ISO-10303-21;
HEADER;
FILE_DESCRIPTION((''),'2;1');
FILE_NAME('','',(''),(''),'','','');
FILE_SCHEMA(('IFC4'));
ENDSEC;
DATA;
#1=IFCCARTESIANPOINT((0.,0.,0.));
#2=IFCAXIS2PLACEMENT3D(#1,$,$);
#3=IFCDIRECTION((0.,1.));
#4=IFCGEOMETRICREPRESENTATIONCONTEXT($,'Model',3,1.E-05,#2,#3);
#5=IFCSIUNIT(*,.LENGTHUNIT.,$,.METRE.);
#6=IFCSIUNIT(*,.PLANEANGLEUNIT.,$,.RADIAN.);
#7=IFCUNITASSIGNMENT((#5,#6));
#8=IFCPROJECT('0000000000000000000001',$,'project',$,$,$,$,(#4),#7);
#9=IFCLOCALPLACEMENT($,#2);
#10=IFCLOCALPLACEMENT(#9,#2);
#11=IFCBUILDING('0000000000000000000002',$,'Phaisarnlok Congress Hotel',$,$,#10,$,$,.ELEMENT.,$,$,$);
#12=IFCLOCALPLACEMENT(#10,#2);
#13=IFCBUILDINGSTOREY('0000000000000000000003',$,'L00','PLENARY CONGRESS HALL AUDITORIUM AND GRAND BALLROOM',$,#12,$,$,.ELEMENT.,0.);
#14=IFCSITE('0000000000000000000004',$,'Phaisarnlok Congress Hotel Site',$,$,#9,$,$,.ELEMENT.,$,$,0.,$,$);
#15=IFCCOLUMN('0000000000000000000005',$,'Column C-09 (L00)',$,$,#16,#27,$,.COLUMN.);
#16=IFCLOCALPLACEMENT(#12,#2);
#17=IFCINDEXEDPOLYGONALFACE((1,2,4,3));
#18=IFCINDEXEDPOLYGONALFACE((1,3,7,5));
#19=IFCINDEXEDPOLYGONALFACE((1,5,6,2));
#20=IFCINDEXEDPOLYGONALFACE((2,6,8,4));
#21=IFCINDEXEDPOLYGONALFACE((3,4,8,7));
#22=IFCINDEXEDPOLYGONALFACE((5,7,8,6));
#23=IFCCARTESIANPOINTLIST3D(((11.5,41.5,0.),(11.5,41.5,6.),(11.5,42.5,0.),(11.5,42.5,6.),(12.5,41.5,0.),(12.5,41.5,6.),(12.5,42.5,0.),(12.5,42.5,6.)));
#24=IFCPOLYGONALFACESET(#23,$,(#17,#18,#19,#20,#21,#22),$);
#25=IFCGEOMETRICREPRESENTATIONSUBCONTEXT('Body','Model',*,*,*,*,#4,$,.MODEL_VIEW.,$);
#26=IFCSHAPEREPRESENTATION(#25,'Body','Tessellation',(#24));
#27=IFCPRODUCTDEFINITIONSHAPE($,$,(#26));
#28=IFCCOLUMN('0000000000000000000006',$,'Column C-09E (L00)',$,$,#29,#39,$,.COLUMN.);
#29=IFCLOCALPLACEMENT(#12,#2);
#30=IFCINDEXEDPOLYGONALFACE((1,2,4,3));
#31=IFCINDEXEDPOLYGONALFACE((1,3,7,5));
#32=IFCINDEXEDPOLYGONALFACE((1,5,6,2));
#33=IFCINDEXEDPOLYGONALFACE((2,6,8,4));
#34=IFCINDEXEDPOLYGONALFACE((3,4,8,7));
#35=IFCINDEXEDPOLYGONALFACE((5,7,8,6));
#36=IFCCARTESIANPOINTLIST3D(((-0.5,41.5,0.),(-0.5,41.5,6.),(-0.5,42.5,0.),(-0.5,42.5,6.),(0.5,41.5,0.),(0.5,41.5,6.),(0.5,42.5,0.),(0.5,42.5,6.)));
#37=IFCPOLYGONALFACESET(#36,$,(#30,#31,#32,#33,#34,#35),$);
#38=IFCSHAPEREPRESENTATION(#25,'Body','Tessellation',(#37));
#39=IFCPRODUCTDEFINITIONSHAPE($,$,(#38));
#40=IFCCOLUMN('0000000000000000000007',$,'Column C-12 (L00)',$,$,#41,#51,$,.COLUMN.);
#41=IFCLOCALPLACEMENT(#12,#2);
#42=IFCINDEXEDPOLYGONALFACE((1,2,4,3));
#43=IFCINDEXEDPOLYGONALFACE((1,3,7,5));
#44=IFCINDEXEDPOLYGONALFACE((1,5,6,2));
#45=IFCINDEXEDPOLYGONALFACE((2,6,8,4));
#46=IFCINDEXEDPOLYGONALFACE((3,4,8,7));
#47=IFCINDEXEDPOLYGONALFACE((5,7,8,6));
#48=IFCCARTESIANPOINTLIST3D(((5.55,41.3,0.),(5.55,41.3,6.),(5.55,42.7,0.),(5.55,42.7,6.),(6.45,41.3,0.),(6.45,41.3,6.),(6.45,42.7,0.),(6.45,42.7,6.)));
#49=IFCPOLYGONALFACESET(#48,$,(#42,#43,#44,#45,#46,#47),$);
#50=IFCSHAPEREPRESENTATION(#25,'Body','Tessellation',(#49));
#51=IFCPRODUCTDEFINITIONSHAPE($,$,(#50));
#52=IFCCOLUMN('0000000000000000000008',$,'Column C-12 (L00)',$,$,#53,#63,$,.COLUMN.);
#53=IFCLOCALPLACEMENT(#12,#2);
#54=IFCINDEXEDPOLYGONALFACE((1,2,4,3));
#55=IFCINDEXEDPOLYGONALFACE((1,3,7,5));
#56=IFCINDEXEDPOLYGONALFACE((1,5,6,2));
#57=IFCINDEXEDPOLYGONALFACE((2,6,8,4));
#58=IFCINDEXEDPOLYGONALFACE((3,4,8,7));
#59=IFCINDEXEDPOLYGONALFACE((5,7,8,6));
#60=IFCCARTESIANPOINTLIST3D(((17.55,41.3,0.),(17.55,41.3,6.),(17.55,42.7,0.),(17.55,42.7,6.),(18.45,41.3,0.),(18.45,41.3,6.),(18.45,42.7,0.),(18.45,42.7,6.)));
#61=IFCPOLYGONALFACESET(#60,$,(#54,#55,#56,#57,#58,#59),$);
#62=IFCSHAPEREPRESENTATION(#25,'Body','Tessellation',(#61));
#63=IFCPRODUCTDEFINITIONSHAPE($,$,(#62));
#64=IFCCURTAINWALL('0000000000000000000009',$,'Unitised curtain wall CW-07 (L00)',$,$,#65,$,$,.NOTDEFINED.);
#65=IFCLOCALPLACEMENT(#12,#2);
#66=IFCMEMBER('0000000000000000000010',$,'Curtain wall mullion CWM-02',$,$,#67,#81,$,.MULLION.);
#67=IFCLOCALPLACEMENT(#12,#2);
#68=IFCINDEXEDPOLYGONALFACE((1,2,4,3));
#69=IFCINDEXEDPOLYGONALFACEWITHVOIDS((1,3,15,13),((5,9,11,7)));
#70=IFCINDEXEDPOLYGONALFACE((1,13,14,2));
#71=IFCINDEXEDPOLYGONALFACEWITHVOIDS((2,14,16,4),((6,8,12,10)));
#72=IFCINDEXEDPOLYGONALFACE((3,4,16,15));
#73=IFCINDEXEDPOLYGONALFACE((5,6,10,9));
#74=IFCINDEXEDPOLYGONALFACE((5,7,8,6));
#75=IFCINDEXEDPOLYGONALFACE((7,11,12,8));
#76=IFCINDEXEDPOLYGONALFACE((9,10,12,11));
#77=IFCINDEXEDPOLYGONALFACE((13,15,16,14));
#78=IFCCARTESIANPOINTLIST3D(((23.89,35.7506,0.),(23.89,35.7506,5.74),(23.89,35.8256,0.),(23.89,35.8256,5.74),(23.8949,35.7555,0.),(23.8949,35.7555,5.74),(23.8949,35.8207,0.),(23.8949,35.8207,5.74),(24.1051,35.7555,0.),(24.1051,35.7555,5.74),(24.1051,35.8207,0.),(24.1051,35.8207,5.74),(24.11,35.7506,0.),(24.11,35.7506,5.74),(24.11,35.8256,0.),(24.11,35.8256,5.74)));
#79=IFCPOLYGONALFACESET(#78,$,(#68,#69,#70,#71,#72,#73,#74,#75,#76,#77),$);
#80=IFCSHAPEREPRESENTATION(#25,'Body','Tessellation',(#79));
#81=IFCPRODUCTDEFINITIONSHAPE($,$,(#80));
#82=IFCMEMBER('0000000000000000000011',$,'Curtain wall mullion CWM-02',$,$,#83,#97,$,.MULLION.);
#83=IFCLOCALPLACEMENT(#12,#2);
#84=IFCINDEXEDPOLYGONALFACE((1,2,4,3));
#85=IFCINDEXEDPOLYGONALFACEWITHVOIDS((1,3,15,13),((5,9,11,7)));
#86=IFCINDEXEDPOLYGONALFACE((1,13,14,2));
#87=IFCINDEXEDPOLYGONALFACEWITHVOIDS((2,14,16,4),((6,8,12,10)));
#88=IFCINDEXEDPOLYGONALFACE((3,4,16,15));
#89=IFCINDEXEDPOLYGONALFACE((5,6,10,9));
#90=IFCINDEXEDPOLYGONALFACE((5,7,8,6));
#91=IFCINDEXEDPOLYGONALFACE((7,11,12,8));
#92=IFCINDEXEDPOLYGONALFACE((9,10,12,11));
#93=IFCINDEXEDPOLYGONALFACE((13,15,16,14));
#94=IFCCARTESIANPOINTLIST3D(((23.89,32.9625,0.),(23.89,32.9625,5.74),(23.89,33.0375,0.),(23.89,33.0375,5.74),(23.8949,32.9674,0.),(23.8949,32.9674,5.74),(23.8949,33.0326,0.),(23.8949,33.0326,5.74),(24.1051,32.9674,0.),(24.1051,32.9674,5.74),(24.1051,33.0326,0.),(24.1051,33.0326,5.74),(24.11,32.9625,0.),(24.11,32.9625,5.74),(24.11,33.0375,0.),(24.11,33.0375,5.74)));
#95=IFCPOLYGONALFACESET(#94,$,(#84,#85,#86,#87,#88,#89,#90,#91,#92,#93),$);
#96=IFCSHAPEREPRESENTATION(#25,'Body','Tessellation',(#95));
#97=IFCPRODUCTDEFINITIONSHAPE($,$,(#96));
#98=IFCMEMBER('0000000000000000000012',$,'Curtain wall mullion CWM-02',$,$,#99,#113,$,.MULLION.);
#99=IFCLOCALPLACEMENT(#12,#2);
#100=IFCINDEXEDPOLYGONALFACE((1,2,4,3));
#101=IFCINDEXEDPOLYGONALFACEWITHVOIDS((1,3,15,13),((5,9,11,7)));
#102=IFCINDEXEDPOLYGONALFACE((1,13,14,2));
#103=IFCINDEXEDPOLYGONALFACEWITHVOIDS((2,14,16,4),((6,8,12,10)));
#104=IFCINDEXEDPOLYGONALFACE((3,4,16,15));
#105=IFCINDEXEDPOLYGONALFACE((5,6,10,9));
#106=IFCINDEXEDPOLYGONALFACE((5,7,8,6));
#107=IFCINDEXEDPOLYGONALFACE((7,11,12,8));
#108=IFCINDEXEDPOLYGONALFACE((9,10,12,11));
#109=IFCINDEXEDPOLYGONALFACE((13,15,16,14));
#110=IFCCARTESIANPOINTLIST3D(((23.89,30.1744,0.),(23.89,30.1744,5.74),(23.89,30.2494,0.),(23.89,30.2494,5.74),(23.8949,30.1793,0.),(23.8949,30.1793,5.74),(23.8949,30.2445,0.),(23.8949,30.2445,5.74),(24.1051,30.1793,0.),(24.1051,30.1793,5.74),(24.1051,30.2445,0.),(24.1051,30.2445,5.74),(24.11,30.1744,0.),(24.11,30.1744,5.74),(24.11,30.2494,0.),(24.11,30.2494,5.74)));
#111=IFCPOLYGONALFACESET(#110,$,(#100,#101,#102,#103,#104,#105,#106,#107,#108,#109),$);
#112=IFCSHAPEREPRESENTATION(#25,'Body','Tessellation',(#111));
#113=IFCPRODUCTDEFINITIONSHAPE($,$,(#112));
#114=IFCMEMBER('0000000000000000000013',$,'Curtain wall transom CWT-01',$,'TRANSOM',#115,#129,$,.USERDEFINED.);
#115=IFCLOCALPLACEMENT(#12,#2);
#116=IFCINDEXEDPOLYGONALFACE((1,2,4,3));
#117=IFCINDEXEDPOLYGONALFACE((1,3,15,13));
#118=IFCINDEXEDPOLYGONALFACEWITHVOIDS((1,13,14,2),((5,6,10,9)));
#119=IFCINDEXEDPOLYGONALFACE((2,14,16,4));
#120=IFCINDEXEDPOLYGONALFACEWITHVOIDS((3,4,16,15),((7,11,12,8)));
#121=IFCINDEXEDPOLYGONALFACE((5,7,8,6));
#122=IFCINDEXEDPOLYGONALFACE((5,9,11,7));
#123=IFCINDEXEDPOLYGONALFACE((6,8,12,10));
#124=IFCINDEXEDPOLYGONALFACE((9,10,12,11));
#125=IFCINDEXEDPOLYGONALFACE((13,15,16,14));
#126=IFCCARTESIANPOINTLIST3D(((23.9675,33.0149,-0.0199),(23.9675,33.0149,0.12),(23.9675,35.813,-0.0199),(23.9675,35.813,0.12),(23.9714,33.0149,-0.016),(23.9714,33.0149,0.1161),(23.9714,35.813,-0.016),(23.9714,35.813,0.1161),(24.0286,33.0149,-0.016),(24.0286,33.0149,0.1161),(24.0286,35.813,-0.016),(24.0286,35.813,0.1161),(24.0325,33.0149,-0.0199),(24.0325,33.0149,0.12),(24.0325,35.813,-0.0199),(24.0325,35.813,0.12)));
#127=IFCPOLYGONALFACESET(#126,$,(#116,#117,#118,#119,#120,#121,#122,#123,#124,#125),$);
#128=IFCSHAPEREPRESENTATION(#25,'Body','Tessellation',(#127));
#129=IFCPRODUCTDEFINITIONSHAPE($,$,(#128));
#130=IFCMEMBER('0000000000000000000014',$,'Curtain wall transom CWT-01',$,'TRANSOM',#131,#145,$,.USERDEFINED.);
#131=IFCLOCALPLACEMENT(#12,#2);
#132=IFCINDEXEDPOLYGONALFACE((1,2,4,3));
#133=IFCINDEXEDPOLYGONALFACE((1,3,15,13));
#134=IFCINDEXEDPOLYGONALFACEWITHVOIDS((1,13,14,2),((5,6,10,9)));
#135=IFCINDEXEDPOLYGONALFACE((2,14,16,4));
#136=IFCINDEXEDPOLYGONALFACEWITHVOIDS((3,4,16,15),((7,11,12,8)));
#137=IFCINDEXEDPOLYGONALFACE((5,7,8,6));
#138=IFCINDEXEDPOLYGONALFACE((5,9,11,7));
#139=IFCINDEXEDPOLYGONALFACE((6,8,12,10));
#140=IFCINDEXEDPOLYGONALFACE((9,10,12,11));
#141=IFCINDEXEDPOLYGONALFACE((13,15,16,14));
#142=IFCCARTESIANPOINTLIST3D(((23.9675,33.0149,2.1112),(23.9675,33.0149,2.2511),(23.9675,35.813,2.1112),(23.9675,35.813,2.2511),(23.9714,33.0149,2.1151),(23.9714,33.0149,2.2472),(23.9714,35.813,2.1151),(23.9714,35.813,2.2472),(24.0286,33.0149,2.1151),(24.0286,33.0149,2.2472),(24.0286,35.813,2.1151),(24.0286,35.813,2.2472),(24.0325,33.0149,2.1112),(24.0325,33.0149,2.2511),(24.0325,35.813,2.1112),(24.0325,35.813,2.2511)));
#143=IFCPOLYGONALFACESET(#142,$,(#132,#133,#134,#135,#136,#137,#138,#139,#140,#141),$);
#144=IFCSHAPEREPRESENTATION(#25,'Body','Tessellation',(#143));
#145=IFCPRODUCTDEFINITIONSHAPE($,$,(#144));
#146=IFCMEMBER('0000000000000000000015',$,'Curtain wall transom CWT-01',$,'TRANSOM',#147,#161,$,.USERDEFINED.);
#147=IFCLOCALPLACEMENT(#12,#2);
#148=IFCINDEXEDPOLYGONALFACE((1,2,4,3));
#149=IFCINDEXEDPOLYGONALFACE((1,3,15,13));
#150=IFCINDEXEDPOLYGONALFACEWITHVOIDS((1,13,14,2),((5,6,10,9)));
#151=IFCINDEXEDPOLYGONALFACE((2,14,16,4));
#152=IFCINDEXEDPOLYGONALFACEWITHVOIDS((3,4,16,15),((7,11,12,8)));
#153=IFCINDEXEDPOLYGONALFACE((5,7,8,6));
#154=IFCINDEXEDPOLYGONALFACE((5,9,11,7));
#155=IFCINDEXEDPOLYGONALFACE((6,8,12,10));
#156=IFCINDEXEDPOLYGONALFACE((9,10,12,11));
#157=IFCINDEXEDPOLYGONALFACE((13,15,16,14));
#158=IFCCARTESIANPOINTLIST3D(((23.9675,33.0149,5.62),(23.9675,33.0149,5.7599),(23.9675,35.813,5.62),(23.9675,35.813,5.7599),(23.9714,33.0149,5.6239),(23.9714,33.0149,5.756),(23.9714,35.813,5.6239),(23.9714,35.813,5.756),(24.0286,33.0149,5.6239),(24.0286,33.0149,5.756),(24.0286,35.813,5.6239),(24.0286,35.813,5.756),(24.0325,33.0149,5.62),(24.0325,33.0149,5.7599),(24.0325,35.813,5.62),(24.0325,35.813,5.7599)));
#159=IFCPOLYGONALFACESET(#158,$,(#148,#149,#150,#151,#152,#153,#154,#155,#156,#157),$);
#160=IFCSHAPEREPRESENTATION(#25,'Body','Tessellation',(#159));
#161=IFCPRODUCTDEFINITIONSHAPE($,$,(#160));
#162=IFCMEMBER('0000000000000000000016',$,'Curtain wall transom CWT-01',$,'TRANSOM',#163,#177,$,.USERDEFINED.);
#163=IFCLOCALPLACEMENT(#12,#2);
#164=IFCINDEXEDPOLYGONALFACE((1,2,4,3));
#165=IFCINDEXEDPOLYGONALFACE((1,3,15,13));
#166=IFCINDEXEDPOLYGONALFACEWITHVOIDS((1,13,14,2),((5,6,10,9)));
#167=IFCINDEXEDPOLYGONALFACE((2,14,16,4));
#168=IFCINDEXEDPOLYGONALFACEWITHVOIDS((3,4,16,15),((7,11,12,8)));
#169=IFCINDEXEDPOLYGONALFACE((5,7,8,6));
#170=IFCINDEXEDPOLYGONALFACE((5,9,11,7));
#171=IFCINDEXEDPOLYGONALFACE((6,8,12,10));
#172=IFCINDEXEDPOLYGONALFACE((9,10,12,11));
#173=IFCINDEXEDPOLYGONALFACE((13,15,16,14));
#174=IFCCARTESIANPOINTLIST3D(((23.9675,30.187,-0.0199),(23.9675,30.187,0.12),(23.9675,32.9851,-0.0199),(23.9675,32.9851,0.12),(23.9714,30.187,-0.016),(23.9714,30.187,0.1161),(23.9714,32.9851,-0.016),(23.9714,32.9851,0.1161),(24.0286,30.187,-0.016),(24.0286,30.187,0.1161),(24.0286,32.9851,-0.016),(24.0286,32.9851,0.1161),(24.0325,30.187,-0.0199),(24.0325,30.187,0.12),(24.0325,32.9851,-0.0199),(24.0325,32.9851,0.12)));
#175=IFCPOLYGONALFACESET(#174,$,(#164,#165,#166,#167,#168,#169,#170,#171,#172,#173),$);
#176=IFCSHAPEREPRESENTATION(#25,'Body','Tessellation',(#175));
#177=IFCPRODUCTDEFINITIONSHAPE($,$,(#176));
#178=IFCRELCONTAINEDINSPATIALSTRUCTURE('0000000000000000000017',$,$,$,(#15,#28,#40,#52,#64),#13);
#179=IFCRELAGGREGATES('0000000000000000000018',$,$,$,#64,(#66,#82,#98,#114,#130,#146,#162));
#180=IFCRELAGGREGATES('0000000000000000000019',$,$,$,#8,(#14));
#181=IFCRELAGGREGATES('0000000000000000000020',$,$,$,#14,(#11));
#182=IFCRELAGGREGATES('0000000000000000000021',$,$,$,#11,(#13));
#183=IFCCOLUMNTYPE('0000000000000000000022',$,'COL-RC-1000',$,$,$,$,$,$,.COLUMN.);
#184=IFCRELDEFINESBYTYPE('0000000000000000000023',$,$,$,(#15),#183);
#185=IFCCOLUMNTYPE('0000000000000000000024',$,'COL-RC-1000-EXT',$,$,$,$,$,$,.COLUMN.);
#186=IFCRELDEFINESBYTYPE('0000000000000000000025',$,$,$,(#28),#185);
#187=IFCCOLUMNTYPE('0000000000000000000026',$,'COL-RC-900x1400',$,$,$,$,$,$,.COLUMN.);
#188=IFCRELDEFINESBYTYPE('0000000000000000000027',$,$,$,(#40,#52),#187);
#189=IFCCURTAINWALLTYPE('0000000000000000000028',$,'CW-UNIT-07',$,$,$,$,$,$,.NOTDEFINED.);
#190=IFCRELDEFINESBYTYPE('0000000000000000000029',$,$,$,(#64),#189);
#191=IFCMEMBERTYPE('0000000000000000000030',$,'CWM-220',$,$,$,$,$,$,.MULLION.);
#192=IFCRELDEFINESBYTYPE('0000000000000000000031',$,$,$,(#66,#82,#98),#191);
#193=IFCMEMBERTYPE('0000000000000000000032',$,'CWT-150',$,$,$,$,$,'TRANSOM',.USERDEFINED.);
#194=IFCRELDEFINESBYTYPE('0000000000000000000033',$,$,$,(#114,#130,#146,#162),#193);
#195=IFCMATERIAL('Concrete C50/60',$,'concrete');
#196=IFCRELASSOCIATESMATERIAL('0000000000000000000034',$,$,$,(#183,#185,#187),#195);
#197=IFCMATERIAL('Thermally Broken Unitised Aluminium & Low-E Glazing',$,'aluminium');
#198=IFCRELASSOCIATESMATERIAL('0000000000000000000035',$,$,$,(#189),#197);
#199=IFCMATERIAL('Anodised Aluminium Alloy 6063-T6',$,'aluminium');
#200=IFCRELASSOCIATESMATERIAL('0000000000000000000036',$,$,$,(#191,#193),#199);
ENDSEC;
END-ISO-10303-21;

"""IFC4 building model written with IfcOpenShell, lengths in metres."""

from ifc_helpers import new_model, si_unit, direction, frame, origin, origin_2d, place, context, subcontext, project, spatial, rectangle, hollow_rectangle, extrude, material, material_profile, profile_set, type_object, element, aggregate, save


model = new_model("IFC4")

# Units and contexts
model_context = context("Model", 3, precision=1e-05, world=origin(), true_north=direction((0.0, 1.0)))
body_context = subcontext(model_context, "Body", "Model", "MODEL_VIEW")
ifc_project = project(units=[si_unit("LENGTHUNIT", "METRE"), si_unit("PLANEANGLEUNIT", "RADIAN")], contexts=[model_context])

# Site, building, storey
site_placement = place(None, origin())
site = spatial("IfcSite", under=ifc_project, at=site_placement, Name="Phaisarnlok Congress Hotel Site", CompositionType="ELEMENT", RefElevation=0.0)
building_placement = place(site_placement, origin())
building = spatial("IfcBuilding", under=site, at=building_placement, Name="Phaisarnlok Congress Hotel", CompositionType="ELEMENT")
storey_placement = place(building_placement, origin())
storey = spatial("IfcBuildingStorey", under=building, at=storey_placement, Name="L00", Description="PLENARY CONGRESS HALL AUDITORIUM AND GRAND BALLROOM", CompositionType="ELEMENT", Elevation=0.0)

# Columns
ifc_material_1 = material(Name="Concrete C50/60", Category="concrete")
ifc_material_profile_1 = material_profile(ifc_material_1, rectangle(XDim=1.0, YDim=1.0, at=origin_2d()), Name="RC 1000x1000")
ifc_profile_set_1 = profile_set([ifc_material_profile_1], Name="Concrete C50/60")
column_type_1 = type_object("IfcColumnType", Name="COL-RC-1000", PredefinedType="COLUMN", material=ifc_profile_set_1)
column_1_placement = place(storey_placement, frame((12.0, 42.0, 0.0), z_axis=(0.0, 0.0, 1.0), x_axis=(1.0, 0.0, 0.0)))
element("IfcColumn", 1, at=column_1_placement, inside=storey, type_object=column_type_1, Name="Column C-09 (L00)", PredefinedType="COLUMN", context=body_context, shape_type="SweptSolid", body=[
    extrude(rectangle(XDim=1.0, YDim=1.0, at=origin_2d()), origin(), (0.0, 0.0, 1.0), 6.0),
])
ifc_material_profile_2 = material_profile(ifc_material_1, rectangle(XDim=1.0, YDim=1.0, at=origin_2d()), Name="RC 1000x1000")
ifc_profile_set_2 = profile_set([ifc_material_profile_2], Name="Concrete C50/60")
column_type_2 = type_object("IfcColumnType", Name="COL-RC-1000-EXT", PredefinedType="COLUMN", material=ifc_profile_set_2)
column_2_placement = place(storey_placement, frame((0.0, 42.0, 0.0), z_axis=(0.0, 0.0, 1.0), x_axis=(1.0, 0.0, 0.0)))
element("IfcColumn", 2, at=column_2_placement, inside=storey, type_object=column_type_2, Name="Column C-09E (L00)", PredefinedType="COLUMN", context=body_context, shape_type="SweptSolid", body=[
    extrude(rectangle(XDim=1.0, YDim=1.0, at=origin_2d()), origin(), (0.0, 0.0, 1.0), 6.0),
])
ifc_material_profile_3 = material_profile(ifc_material_1, rectangle(XDim=0.8999, YDim=1.3999, at=origin_2d()), Name="RC 900x1400")
ifc_profile_set_3 = profile_set([ifc_material_profile_3], Name="Concrete C50/60")
column_type_3 = type_object("IfcColumnType", Name="COL-RC-900x1400", PredefinedType="COLUMN", material=ifc_profile_set_3)
for number, where, z_axis, x_axis, name in (
    (3, (6.0, 42.0, 0.0), (0.0, 0.0, 1.0), (1.0, 0.0, 0.0), "Column C-12 (L00)"),
    (4, (18.0, 42.0, 0.0), (0.0, 0.0, 1.0), (1.0, 0.0, 0.0), "Column C-12 (L00)"),
):
    element("IfcColumn", number, at=place(storey_placement, frame(where, z_axis=z_axis, x_axis=x_axis)), inside=storey, type_object=column_type_3, Name=name, PredefinedType="COLUMN", context=body_context, shape_type="SweptSolid", body=[
        extrude(rectangle(XDim=0.8999, YDim=1.3999, at=origin_2d()), origin(), (0.0, 0.0, 1.0), 6.0),
    ])

# Curtain wall, members
ifc_material_2 = material(Name="Thermally Broken Unitised Aluminium & Low-E Glazing", Category="aluminium")
curtain_wall_type = type_object("IfcCurtainWallType", Name="CW-UNIT-07", PredefinedType="NOTDEFINED", material=ifc_material_2)
curtain_wall_placement = place(storey_placement, origin())
curtain_wall = element("IfcCurtainWall", 5, at=curtain_wall_placement, inside=storey, type_object=curtain_wall_type, Name="Unitised curtain wall CW-07 (L00)", PredefinedType="NOTDEFINED")
ifc_material_3 = material(Name="Anodised Aluminium Alloy 6063-T6", Category="aluminium")
ifc_material_profile_4 = material_profile(ifc_material_3, hollow_rectangle(XDim=0.075, YDim=0.22, WallThickness=0.0049, at=origin_2d()), Name="ALU-M 75x220x5")
ifc_profile_set_4 = profile_set([ifc_material_profile_4], Name="Anodised Aluminium Alloy 6063-T6")
member_type_1 = type_object("IfcMemberType", Name="CWM-220", PredefinedType="MULLION", material=ifc_profile_set_4)
member_1_placement = place(storey_placement, frame((24.0, 35.7881, 0.0), z_axis=(0.0, 0.0, 1.0), x_axis=(0.0, -1.0, 0.0)))
member_1 = element("IfcMember", 6, at=member_1_placement, type_object=member_type_1, Name="Curtain wall mullion CWM-02", PredefinedType="MULLION", context=body_context, shape_type="SweptSolid", body=[
    extrude(hollow_rectangle(XDim=0.075, YDim=0.22, WallThickness=0.0049, at=origin_2d()), origin(), (0.0, 0.0, 1.0), 5.74),
])
member_2_placement = place(storey_placement, frame((24.0, 33.0, 0.0), z_axis=(0.0, 0.0, 1.0), x_axis=(0.0, -1.0, 0.0)))
member_2 = element("IfcMember", 7, at=member_2_placement, type_object=member_type_1, Name="Curtain wall mullion CWM-02", PredefinedType="MULLION", context=body_context, shape_type="SweptSolid", body=[
    extrude(hollow_rectangle(XDim=0.075, YDim=0.22, WallThickness=0.0049, at=origin_2d()), origin(), (0.0, 0.0, 1.0), 5.74),
])
member_3_placement = place(storey_placement, frame((24.0, 30.2119, 0.0), z_axis=(0.0, 0.0, 1.0), x_axis=(0.0, -1.0, 0.0)))
member_3 = element("IfcMember", 8, at=member_3_placement, type_object=member_type_1, Name="Curtain wall mullion CWM-02", PredefinedType="MULLION", context=body_context, shape_type="SweptSolid", body=[
    extrude(hollow_rectangle(XDim=0.075, YDim=0.22, WallThickness=0.0049, at=origin_2d()), origin(), (0.0, 0.0, 1.0), 5.74),
])
ifc_material_profile_5 = material_profile(ifc_material_3, hollow_rectangle(XDim=0.0649, YDim=0.1399, WallThickness=0.0039, at=origin_2d()), Name="ALU-T 65x140x4")
ifc_profile_set_5 = profile_set([ifc_material_profile_5], Name="Anodised Aluminium Alloy 6063-T6")
member_type_2 = type_object("IfcMemberType", Name="CWT-150", ElementType="TRANSOM", PredefinedType="USERDEFINED", material=ifc_profile_set_5)
member_4_placement = place(storey_placement, frame((24.0, 35.813, 0.05), z_axis=(0.0, -1.0, 0.0), x_axis=(1.0, 0.0, 0.0)))
member_4 = element("IfcMember", 9, at=member_4_placement, type_object=member_type_2, Name="Curtain wall transom CWT-01", ObjectType="TRANSOM", PredefinedType="USERDEFINED", context=body_context, shape_type="SweptSolid", body=[
    extrude(hollow_rectangle(XDim=0.0649, YDim=0.1399, WallThickness=0.0039, at=origin_2d()), origin(), (0.0, 0.0, 1.0), 2.7981),
])
member_5_placement = place(storey_placement, frame((24.0, 35.813, 2.1812), z_axis=(0.0, -1.0, 0.0), x_axis=(1.0, 0.0, 0.0)))
member_5 = element("IfcMember", 10, at=member_5_placement, type_object=member_type_2, Name="Curtain wall transom CWT-01", ObjectType="TRANSOM", PredefinedType="USERDEFINED", context=body_context, shape_type="SweptSolid", body=[
    extrude(hollow_rectangle(XDim=0.0649, YDim=0.1399, WallThickness=0.0039, at=origin_2d()), origin(), (0.0, 0.0, 1.0), 2.7981),
])
member_6_placement = place(storey_placement, frame((24.0, 35.813, 5.6899), z_axis=(0.0, -1.0, 0.0), x_axis=(1.0, 0.0, 0.0)))
member_6 = element("IfcMember", 11, at=member_6_placement, type_object=member_type_2, Name="Curtain wall transom CWT-01", ObjectType="TRANSOM", PredefinedType="USERDEFINED", context=body_context, shape_type="SweptSolid", body=[
    extrude(hollow_rectangle(XDim=0.0649, YDim=0.1399, WallThickness=0.0039, at=origin_2d()), origin(), (0.0, 0.0, 1.0), 2.7981),
])
member_7_placement = place(storey_placement, frame((24.0, 32.9851, 0.05), z_axis=(0.0, -1.0, 0.0), x_axis=(1.0, 0.0, 0.0)))
member_7 = element("IfcMember", 12, at=member_7_placement, type_object=member_type_2, Name="Curtain wall transom CWT-01", ObjectType="TRANSOM", PredefinedType="USERDEFINED", context=body_context, shape_type="SweptSolid", body=[
    extrude(hollow_rectangle(XDim=0.0649, YDim=0.1399, WallThickness=0.0039, at=origin_2d()), origin(), (0.0, 0.0, 1.0), 2.7981),
])

aggregate(curtain_wall, [member_1, member_2, member_3, member_4, member_5, member_6, member_7])

save(model, "model.ifc")
